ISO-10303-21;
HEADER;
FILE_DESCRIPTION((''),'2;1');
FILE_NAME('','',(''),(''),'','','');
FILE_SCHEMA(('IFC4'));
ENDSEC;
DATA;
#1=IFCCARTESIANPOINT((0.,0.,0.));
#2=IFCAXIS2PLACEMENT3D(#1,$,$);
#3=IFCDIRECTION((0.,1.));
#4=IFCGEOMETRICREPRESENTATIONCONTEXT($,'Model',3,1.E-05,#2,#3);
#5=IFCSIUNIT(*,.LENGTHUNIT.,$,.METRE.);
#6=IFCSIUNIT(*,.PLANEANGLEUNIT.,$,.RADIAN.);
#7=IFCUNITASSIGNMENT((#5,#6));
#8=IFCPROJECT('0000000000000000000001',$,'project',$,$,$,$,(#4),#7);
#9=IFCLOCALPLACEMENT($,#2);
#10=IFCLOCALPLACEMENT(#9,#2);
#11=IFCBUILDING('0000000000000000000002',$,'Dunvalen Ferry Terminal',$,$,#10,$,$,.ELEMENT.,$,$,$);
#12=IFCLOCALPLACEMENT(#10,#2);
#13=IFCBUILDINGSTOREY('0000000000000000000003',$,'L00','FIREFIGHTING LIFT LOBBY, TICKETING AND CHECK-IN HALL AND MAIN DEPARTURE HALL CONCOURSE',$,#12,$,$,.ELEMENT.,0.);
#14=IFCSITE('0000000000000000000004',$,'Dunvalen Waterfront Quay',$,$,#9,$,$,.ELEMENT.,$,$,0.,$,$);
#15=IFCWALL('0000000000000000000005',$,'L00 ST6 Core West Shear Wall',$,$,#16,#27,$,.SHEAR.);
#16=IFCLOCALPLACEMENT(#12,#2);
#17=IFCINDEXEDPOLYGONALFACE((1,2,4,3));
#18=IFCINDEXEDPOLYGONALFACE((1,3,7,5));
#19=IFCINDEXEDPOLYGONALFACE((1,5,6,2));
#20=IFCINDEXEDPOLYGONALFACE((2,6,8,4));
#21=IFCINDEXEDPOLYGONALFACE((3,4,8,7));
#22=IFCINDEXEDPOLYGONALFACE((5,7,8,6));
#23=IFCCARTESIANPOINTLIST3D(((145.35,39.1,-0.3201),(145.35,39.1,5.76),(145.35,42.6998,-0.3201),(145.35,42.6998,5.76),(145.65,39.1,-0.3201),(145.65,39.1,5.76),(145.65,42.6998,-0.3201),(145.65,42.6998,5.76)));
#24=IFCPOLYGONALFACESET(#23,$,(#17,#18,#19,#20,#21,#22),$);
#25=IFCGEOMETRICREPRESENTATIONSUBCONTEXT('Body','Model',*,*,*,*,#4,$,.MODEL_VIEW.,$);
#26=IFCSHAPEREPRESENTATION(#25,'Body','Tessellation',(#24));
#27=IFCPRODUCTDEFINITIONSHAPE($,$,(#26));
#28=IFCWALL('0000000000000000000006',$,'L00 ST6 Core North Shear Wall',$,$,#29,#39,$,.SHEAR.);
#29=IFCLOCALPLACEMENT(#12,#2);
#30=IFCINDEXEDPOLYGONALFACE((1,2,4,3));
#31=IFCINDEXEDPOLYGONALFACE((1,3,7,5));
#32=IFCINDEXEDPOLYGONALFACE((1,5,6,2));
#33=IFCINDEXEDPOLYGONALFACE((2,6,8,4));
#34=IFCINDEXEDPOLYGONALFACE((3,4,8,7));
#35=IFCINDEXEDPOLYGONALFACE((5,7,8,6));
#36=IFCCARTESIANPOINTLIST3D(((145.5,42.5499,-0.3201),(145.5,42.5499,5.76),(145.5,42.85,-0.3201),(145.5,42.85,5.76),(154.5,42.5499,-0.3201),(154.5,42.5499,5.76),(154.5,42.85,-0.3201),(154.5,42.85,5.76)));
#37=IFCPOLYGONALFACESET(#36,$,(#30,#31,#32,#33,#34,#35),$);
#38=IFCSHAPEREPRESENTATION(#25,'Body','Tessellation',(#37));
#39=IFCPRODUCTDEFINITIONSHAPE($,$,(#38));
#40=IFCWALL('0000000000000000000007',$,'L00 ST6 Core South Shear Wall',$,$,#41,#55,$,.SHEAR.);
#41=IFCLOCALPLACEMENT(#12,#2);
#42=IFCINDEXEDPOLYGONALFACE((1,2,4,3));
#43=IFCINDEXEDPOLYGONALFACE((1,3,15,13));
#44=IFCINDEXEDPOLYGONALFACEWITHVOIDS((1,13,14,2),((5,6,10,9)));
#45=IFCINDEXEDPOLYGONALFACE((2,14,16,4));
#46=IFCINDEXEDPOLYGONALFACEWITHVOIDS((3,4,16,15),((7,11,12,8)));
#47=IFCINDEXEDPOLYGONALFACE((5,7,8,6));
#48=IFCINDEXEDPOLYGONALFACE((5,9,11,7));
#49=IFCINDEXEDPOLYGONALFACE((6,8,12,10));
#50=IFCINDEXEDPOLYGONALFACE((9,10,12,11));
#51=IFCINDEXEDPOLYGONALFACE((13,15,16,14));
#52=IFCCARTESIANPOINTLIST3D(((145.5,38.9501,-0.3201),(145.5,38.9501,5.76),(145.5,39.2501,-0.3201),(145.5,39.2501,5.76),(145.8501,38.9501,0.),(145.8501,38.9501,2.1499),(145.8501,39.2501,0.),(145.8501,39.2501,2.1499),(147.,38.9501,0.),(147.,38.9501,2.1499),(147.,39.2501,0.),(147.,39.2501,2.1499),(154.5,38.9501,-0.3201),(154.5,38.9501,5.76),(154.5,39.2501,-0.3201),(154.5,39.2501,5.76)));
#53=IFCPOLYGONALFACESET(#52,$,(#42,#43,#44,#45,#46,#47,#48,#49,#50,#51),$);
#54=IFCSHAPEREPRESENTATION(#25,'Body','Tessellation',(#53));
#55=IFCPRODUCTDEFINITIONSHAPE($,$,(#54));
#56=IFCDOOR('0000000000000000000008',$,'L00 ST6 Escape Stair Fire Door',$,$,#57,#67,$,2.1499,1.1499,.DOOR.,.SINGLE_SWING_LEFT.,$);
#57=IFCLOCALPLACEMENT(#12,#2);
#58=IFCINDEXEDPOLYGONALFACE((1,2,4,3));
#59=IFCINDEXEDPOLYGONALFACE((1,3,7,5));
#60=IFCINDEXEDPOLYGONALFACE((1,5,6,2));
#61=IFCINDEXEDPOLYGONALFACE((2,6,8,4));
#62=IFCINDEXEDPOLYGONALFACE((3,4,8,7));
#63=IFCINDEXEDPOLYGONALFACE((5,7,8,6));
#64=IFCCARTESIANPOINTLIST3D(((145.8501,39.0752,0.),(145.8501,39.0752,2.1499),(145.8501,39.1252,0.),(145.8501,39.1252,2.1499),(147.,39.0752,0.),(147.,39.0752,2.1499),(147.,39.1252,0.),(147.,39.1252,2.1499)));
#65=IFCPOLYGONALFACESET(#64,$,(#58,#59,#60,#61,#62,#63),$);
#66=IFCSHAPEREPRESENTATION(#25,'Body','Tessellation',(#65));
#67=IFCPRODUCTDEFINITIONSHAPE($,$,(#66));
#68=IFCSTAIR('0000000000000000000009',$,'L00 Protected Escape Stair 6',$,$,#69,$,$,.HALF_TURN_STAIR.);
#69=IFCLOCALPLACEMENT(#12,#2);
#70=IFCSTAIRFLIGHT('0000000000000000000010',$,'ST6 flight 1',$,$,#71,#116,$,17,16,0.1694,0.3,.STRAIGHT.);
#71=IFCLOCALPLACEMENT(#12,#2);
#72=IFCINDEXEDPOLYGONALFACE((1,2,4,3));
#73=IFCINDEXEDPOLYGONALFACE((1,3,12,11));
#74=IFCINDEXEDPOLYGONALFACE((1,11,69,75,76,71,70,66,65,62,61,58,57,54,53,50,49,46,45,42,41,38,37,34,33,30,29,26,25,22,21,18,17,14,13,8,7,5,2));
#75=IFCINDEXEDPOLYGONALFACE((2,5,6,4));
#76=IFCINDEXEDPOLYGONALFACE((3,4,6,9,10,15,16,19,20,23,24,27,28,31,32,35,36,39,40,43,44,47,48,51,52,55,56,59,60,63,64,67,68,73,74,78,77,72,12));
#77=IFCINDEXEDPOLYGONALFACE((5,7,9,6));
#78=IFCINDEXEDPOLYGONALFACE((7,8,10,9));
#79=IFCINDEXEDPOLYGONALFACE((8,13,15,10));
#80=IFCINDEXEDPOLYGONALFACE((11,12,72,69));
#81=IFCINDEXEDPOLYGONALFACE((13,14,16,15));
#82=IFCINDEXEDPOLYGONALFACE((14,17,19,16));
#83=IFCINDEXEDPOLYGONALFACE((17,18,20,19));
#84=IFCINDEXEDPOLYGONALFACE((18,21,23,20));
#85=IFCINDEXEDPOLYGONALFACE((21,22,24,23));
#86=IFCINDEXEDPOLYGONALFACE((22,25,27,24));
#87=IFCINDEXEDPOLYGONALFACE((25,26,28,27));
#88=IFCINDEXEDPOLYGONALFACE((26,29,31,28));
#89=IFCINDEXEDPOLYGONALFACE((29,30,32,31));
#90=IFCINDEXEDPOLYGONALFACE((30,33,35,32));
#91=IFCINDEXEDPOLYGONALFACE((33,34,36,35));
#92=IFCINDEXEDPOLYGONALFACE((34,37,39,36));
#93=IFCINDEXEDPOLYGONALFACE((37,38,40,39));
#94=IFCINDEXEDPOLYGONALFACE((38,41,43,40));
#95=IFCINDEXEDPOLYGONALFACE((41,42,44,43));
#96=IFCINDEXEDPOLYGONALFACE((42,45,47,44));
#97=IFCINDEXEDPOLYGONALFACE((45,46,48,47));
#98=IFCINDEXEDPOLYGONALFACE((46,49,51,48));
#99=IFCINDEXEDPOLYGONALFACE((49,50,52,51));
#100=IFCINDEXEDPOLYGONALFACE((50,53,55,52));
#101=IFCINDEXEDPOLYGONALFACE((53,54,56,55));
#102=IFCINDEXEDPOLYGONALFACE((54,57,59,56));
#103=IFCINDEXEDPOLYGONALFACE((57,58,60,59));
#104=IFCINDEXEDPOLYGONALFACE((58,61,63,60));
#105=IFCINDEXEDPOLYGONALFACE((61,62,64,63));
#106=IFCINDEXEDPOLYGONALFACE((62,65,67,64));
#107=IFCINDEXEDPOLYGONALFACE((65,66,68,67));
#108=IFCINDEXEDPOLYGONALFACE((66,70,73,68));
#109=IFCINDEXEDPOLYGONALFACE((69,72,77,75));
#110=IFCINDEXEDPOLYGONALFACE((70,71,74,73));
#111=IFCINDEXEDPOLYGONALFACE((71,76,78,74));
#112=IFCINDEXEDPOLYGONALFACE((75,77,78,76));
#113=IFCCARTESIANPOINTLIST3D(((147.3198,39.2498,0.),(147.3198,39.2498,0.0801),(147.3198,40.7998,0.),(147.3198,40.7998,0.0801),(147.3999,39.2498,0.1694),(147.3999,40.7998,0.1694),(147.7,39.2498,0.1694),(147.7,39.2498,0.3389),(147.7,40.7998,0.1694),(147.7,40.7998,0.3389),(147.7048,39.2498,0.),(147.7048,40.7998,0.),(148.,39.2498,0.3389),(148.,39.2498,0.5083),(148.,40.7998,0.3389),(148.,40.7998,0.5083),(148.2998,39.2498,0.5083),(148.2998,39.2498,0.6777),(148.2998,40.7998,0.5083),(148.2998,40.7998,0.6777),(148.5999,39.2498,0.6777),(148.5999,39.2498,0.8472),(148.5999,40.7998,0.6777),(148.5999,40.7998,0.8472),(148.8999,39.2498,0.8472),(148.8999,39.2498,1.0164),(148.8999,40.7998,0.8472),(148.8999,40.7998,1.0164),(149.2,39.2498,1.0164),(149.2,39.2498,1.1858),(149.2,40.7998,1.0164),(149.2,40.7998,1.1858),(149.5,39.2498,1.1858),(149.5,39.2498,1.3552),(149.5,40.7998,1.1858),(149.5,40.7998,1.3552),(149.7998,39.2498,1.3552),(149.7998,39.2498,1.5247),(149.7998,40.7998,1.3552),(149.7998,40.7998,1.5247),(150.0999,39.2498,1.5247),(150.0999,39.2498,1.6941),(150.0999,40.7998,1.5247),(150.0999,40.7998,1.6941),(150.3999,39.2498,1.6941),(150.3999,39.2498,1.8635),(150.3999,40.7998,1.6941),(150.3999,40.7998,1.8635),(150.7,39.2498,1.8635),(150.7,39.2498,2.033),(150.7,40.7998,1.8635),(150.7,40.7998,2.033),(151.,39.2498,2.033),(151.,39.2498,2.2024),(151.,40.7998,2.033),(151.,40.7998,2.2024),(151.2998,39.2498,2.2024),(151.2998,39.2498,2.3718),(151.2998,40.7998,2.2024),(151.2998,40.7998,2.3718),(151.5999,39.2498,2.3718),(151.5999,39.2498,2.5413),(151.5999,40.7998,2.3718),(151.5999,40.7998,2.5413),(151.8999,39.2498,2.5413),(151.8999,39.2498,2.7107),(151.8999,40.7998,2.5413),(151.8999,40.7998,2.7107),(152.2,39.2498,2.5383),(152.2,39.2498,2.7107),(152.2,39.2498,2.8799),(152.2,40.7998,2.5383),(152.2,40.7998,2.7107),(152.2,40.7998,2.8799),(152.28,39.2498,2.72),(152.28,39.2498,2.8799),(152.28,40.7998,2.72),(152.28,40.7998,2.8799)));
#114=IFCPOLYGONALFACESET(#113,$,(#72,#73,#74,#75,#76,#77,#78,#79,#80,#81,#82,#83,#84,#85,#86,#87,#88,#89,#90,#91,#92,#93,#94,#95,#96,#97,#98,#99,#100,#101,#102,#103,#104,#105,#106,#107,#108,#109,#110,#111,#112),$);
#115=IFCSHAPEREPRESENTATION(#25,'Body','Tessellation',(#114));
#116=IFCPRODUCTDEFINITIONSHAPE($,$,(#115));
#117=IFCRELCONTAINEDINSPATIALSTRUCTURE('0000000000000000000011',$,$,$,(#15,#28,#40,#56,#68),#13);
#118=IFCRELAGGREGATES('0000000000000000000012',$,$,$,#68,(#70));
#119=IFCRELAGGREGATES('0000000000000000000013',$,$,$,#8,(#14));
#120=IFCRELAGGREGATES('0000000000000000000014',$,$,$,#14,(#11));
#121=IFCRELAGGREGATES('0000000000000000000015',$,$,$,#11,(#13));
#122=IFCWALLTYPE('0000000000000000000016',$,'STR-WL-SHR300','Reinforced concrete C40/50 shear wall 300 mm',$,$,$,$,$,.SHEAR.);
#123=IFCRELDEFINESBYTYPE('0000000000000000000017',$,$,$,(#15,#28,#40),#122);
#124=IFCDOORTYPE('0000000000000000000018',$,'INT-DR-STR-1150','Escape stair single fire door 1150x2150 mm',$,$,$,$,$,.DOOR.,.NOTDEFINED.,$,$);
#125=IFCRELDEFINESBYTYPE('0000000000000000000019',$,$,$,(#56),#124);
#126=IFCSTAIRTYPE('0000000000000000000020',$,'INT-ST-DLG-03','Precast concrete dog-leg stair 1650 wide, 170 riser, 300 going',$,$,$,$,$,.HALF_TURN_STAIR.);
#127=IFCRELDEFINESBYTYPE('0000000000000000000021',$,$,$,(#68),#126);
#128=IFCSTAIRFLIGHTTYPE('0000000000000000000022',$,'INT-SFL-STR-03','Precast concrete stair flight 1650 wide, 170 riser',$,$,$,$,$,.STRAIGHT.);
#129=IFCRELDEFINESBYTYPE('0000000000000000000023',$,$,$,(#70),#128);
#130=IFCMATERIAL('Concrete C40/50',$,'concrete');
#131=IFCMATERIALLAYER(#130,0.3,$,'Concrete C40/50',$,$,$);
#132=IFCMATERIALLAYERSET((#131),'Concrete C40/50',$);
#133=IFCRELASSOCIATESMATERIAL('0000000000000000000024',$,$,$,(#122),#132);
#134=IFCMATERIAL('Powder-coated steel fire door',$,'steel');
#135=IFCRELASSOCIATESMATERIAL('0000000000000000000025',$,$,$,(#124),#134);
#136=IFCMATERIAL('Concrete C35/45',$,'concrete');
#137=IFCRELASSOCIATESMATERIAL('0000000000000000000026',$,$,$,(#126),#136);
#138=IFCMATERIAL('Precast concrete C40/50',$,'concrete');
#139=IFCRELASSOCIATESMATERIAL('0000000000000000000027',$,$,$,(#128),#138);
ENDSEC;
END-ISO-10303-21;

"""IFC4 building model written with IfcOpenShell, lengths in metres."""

from ifc_helpers import new_model, si_unit, direction, frame, frame_2d, origin, place, context, subcontext, project, spatial, polyline, rectangle, outline, extrude, material, layer, layer_set, type_object, element, fill, aggregate, save


model = new_model("IFC4")

# Units and contexts
model_context = context("Model", 3, precision=1e-05, world=origin(), true_north=direction((0.0, 1.0)))
body_context = subcontext(model_context, "Body", "Model", "MODEL_VIEW")
ifc_project = project(units=[si_unit("LENGTHUNIT", "METRE"), si_unit("PLANEANGLEUNIT", "RADIAN")], contexts=[model_context])

# Site, building, storey
site_placement = place(None, origin())
site = spatial("IfcSite", under=ifc_project, at=site_placement, Name="Dunvalen Waterfront Quay", CompositionType="ELEMENT", RefElevation=0.0)
building_placement = place(site_placement, origin())
building = spatial("IfcBuilding", under=site, at=building_placement, Name="Dunvalen Ferry Terminal", CompositionType="ELEMENT")
storey_placement = place(building_placement, origin())
storey = spatial("IfcBuildingStorey", under=building, at=storey_placement, Name="L00", Description="FIREFIGHTING LIFT LOBBY, TICKETING AND CHECK-IN HALL AND MAIN DEPARTURE HALL CONCOURSE", CompositionType="ELEMENT", Elevation=0.0)

# Shared definitions
ifc_material_1 = material(Name="Concrete C40/50", Category="concrete")

# Walls
ifc_layer = layer(ifc_material_1, 0.3, Name="Concrete C40/50")
ifc_layer_set = layer_set([ifc_layer], Name="Concrete C40/50")
wall_type = type_object("IfcWallType", Name="STR-WL-SHR300", Description="Reinforced concrete C40/50 shear wall 300 mm", PredefinedType="SHEAR", material=ifc_layer_set)
wall_1_placement = place(storey_placement, frame((145.5, 39.1001, -0.3201), z_axis=(0.0, 0.0, 1.0), x_axis=(0.0, 1.0, 0.0)))
element("IfcWall", 1, at=wall_1_placement, inside=storey, type_object=wall_type, Name="L00 ST6 Core West Shear Wall", PredefinedType="SHEAR", context=body_context, shape_type="SweptSolid", body=[
    extrude(rectangle(XDim=3.5999, YDim=0.3, at=frame_2d((1.7998, 0.0))), origin(), (0.0, 0.0, 1.0), 6.0801),
])
wall_2_placement = place(storey_placement, frame((145.5, 42.7, -0.3201), z_axis=(0.0, 0.0, 1.0), x_axis=(1.0, 0.0, 0.0)))
element("IfcWall", 2, at=wall_2_placement, inside=storey, type_object=wall_type, Name="L00 ST6 Core North Shear Wall", PredefinedType="SHEAR", context=body_context, shape_type="SweptSolid", body=[
    extrude(rectangle(XDim=9.0, YDim=0.3, at=frame_2d((4.5, 0.0))), origin(), (0.0, 0.0, 1.0), 6.0801),
])

# Wall, opening, door
wall_3_placement = place(storey_placement, frame((145.5, 39.1001, -0.3201), z_axis=(0.0, 0.0, 1.0), x_axis=(1.0, 0.0, 0.0)))
wall_3 = element("IfcWall", 3, at=wall_3_placement, inside=storey, type_object=wall_type, Name="L00 ST6 Core South Shear Wall", PredefinedType="SHEAR", context=body_context, shape_type="SweptSolid", body=[
    extrude(rectangle(XDim=9.0, YDim=0.3, at=frame_2d((4.5, 0.0))), origin(), (0.0, 0.0, 1.0), 6.0801),
])
opening_placement = place(wall_3_placement, frame((0.3501, 0.0, 0.3201)))
opening = element("IfcOpeningElement", 4, at=opening_placement, cuts=wall_3, PredefinedType="OPENING", context=body_context, shape_type="SweptSolid", body=[
    extrude(rectangle(XDim=1.1499, YDim=2.1499, at=frame_2d((0.575, 1.075))), frame((0.0, 0.1602, 0.0), z_axis=(0.0, -1.0, 0.0), x_axis=(1.0, 0.0, 0.0)), (0.0, 0.0, 1.0), 0.3201),
])
ifc_material_2 = material(Name="Powder-coated steel fire door", Category="steel")
door_type = type_object("IfcDoorType", Name="INT-DR-STR-1150", Description="Escape stair single fire door 1150x2150 mm", OperationType="NOTDEFINED", PredefinedType="DOOR", material=ifc_material_2)
door_placement = place(opening_placement, frame((1.1499, 0.0, 0.0), z_axis=(0.0, 0.0, 1.0), x_axis=(-1.0, 0.0, 0.0)))
door = element("IfcDoor", 5, at=door_placement, inside=storey, type_object=door_type, Name="L00 ST6 Escape Stair Fire Door", OperationType="SINGLE_SWING_LEFT", OverallHeight=2.1499, OverallWidth=1.1499, PredefinedType="DOOR", context=body_context, shape_type="SweptSolid", body=[
    extrude(rectangle(XDim=1.1499, YDim=2.1499, at=frame_2d((0.575, 1.075))), frame((0.0, 0.0249, 0.0), z_axis=(0.0, -1.0, 0.0), x_axis=(1.0, 0.0, 0.0)), (0.0, 0.0, 1.0), 0.05),
])
fill(opening, door)

# Stair, stair flight
ifc_material_3 = material(Name="Concrete C35/45", Category="concrete")
stair_type = type_object("IfcStairType", Name="INT-ST-DLG-03", Description="Precast concrete dog-leg stair 1650 wide, 170 riser, 300 going", PredefinedType="HALF_TURN_STAIR", material=ifc_material_3)
stair_placement = place(storey_placement, origin())
stair = element("IfcStair", 6, at=stair_placement, inside=storey, type_object=stair_type, Name="L00 Protected Escape Stair 6", PredefinedType="HALF_TURN_STAIR")
ifc_material_4 = material(Name="Precast concrete C40/50", Category="concrete")
stair_flight_type = type_object("IfcStairFlightType", Name="INT-SFL-STR-03", Description="Precast concrete stair flight 1650 wide, 170 riser", PredefinedType="STRAIGHT", material=ifc_material_4)
stair_flight_placement = place(storey_placement, frame((147.3999, 40.0249, 0.0), z_axis=(0.0, 0.0, 1.0), x_axis=(1.0, 0.0, 0.0)))
stair_flight = element("IfcStairFlight", 7, at=stair_flight_placement, type_object=stair_flight_type, Name="ST6 flight 1", NumberOfRisers=17, NumberOfTreads=16, PredefinedType="STRAIGHT", RiserHeight=0.1694, TreadLength=0.3, context=body_context, shape_type="SweptSolid", body=[
    extrude(outline(polyline([(-0.0801, 0.0), (-0.0801, 0.0801), (0.0, 0.1694), (0.3, 0.1694), (0.3, 0.3389), (0.6001, 0.3389), (0.6001, 0.5083), (0.8999, 0.5083), (0.8999, 0.6777), (1.2, 0.6777), (1.2, 0.8472), (1.5, 0.8472), (1.5, 1.0164), (1.8, 1.0164), (1.8, 1.1858), (2.1001, 1.1858), (2.1001, 1.3552), (2.3999, 1.3552), (2.3999, 1.5247), (2.7, 1.5247), (2.7, 1.6941), (3.0, 1.6941), (3.0, 1.8635), (3.3, 1.8635), (3.3, 2.033), (3.6001, 2.033), (3.6001, 2.2024), (3.8999, 2.2024), (3.8999, 2.3718), (4.2, 2.3718), (4.2, 2.5413), (4.5, 2.5413), (4.5, 2.7107), (4.8, 2.7107), (4.8, 2.8799), (4.8801, 2.8799), (4.8801, 2.72), (4.8, 2.5383), (0.3049, 0.0), (-0.0801, 0.0)])), frame((0.0, 0.7749, 0.0), z_axis=(0.0, -1.0, 0.0), x_axis=(1.0, 0.0, 0.0)), (0.0, 0.0, 1.0), 1.55),
])
aggregate(stair, [stair_flight])

save(model, "model.ifc")
